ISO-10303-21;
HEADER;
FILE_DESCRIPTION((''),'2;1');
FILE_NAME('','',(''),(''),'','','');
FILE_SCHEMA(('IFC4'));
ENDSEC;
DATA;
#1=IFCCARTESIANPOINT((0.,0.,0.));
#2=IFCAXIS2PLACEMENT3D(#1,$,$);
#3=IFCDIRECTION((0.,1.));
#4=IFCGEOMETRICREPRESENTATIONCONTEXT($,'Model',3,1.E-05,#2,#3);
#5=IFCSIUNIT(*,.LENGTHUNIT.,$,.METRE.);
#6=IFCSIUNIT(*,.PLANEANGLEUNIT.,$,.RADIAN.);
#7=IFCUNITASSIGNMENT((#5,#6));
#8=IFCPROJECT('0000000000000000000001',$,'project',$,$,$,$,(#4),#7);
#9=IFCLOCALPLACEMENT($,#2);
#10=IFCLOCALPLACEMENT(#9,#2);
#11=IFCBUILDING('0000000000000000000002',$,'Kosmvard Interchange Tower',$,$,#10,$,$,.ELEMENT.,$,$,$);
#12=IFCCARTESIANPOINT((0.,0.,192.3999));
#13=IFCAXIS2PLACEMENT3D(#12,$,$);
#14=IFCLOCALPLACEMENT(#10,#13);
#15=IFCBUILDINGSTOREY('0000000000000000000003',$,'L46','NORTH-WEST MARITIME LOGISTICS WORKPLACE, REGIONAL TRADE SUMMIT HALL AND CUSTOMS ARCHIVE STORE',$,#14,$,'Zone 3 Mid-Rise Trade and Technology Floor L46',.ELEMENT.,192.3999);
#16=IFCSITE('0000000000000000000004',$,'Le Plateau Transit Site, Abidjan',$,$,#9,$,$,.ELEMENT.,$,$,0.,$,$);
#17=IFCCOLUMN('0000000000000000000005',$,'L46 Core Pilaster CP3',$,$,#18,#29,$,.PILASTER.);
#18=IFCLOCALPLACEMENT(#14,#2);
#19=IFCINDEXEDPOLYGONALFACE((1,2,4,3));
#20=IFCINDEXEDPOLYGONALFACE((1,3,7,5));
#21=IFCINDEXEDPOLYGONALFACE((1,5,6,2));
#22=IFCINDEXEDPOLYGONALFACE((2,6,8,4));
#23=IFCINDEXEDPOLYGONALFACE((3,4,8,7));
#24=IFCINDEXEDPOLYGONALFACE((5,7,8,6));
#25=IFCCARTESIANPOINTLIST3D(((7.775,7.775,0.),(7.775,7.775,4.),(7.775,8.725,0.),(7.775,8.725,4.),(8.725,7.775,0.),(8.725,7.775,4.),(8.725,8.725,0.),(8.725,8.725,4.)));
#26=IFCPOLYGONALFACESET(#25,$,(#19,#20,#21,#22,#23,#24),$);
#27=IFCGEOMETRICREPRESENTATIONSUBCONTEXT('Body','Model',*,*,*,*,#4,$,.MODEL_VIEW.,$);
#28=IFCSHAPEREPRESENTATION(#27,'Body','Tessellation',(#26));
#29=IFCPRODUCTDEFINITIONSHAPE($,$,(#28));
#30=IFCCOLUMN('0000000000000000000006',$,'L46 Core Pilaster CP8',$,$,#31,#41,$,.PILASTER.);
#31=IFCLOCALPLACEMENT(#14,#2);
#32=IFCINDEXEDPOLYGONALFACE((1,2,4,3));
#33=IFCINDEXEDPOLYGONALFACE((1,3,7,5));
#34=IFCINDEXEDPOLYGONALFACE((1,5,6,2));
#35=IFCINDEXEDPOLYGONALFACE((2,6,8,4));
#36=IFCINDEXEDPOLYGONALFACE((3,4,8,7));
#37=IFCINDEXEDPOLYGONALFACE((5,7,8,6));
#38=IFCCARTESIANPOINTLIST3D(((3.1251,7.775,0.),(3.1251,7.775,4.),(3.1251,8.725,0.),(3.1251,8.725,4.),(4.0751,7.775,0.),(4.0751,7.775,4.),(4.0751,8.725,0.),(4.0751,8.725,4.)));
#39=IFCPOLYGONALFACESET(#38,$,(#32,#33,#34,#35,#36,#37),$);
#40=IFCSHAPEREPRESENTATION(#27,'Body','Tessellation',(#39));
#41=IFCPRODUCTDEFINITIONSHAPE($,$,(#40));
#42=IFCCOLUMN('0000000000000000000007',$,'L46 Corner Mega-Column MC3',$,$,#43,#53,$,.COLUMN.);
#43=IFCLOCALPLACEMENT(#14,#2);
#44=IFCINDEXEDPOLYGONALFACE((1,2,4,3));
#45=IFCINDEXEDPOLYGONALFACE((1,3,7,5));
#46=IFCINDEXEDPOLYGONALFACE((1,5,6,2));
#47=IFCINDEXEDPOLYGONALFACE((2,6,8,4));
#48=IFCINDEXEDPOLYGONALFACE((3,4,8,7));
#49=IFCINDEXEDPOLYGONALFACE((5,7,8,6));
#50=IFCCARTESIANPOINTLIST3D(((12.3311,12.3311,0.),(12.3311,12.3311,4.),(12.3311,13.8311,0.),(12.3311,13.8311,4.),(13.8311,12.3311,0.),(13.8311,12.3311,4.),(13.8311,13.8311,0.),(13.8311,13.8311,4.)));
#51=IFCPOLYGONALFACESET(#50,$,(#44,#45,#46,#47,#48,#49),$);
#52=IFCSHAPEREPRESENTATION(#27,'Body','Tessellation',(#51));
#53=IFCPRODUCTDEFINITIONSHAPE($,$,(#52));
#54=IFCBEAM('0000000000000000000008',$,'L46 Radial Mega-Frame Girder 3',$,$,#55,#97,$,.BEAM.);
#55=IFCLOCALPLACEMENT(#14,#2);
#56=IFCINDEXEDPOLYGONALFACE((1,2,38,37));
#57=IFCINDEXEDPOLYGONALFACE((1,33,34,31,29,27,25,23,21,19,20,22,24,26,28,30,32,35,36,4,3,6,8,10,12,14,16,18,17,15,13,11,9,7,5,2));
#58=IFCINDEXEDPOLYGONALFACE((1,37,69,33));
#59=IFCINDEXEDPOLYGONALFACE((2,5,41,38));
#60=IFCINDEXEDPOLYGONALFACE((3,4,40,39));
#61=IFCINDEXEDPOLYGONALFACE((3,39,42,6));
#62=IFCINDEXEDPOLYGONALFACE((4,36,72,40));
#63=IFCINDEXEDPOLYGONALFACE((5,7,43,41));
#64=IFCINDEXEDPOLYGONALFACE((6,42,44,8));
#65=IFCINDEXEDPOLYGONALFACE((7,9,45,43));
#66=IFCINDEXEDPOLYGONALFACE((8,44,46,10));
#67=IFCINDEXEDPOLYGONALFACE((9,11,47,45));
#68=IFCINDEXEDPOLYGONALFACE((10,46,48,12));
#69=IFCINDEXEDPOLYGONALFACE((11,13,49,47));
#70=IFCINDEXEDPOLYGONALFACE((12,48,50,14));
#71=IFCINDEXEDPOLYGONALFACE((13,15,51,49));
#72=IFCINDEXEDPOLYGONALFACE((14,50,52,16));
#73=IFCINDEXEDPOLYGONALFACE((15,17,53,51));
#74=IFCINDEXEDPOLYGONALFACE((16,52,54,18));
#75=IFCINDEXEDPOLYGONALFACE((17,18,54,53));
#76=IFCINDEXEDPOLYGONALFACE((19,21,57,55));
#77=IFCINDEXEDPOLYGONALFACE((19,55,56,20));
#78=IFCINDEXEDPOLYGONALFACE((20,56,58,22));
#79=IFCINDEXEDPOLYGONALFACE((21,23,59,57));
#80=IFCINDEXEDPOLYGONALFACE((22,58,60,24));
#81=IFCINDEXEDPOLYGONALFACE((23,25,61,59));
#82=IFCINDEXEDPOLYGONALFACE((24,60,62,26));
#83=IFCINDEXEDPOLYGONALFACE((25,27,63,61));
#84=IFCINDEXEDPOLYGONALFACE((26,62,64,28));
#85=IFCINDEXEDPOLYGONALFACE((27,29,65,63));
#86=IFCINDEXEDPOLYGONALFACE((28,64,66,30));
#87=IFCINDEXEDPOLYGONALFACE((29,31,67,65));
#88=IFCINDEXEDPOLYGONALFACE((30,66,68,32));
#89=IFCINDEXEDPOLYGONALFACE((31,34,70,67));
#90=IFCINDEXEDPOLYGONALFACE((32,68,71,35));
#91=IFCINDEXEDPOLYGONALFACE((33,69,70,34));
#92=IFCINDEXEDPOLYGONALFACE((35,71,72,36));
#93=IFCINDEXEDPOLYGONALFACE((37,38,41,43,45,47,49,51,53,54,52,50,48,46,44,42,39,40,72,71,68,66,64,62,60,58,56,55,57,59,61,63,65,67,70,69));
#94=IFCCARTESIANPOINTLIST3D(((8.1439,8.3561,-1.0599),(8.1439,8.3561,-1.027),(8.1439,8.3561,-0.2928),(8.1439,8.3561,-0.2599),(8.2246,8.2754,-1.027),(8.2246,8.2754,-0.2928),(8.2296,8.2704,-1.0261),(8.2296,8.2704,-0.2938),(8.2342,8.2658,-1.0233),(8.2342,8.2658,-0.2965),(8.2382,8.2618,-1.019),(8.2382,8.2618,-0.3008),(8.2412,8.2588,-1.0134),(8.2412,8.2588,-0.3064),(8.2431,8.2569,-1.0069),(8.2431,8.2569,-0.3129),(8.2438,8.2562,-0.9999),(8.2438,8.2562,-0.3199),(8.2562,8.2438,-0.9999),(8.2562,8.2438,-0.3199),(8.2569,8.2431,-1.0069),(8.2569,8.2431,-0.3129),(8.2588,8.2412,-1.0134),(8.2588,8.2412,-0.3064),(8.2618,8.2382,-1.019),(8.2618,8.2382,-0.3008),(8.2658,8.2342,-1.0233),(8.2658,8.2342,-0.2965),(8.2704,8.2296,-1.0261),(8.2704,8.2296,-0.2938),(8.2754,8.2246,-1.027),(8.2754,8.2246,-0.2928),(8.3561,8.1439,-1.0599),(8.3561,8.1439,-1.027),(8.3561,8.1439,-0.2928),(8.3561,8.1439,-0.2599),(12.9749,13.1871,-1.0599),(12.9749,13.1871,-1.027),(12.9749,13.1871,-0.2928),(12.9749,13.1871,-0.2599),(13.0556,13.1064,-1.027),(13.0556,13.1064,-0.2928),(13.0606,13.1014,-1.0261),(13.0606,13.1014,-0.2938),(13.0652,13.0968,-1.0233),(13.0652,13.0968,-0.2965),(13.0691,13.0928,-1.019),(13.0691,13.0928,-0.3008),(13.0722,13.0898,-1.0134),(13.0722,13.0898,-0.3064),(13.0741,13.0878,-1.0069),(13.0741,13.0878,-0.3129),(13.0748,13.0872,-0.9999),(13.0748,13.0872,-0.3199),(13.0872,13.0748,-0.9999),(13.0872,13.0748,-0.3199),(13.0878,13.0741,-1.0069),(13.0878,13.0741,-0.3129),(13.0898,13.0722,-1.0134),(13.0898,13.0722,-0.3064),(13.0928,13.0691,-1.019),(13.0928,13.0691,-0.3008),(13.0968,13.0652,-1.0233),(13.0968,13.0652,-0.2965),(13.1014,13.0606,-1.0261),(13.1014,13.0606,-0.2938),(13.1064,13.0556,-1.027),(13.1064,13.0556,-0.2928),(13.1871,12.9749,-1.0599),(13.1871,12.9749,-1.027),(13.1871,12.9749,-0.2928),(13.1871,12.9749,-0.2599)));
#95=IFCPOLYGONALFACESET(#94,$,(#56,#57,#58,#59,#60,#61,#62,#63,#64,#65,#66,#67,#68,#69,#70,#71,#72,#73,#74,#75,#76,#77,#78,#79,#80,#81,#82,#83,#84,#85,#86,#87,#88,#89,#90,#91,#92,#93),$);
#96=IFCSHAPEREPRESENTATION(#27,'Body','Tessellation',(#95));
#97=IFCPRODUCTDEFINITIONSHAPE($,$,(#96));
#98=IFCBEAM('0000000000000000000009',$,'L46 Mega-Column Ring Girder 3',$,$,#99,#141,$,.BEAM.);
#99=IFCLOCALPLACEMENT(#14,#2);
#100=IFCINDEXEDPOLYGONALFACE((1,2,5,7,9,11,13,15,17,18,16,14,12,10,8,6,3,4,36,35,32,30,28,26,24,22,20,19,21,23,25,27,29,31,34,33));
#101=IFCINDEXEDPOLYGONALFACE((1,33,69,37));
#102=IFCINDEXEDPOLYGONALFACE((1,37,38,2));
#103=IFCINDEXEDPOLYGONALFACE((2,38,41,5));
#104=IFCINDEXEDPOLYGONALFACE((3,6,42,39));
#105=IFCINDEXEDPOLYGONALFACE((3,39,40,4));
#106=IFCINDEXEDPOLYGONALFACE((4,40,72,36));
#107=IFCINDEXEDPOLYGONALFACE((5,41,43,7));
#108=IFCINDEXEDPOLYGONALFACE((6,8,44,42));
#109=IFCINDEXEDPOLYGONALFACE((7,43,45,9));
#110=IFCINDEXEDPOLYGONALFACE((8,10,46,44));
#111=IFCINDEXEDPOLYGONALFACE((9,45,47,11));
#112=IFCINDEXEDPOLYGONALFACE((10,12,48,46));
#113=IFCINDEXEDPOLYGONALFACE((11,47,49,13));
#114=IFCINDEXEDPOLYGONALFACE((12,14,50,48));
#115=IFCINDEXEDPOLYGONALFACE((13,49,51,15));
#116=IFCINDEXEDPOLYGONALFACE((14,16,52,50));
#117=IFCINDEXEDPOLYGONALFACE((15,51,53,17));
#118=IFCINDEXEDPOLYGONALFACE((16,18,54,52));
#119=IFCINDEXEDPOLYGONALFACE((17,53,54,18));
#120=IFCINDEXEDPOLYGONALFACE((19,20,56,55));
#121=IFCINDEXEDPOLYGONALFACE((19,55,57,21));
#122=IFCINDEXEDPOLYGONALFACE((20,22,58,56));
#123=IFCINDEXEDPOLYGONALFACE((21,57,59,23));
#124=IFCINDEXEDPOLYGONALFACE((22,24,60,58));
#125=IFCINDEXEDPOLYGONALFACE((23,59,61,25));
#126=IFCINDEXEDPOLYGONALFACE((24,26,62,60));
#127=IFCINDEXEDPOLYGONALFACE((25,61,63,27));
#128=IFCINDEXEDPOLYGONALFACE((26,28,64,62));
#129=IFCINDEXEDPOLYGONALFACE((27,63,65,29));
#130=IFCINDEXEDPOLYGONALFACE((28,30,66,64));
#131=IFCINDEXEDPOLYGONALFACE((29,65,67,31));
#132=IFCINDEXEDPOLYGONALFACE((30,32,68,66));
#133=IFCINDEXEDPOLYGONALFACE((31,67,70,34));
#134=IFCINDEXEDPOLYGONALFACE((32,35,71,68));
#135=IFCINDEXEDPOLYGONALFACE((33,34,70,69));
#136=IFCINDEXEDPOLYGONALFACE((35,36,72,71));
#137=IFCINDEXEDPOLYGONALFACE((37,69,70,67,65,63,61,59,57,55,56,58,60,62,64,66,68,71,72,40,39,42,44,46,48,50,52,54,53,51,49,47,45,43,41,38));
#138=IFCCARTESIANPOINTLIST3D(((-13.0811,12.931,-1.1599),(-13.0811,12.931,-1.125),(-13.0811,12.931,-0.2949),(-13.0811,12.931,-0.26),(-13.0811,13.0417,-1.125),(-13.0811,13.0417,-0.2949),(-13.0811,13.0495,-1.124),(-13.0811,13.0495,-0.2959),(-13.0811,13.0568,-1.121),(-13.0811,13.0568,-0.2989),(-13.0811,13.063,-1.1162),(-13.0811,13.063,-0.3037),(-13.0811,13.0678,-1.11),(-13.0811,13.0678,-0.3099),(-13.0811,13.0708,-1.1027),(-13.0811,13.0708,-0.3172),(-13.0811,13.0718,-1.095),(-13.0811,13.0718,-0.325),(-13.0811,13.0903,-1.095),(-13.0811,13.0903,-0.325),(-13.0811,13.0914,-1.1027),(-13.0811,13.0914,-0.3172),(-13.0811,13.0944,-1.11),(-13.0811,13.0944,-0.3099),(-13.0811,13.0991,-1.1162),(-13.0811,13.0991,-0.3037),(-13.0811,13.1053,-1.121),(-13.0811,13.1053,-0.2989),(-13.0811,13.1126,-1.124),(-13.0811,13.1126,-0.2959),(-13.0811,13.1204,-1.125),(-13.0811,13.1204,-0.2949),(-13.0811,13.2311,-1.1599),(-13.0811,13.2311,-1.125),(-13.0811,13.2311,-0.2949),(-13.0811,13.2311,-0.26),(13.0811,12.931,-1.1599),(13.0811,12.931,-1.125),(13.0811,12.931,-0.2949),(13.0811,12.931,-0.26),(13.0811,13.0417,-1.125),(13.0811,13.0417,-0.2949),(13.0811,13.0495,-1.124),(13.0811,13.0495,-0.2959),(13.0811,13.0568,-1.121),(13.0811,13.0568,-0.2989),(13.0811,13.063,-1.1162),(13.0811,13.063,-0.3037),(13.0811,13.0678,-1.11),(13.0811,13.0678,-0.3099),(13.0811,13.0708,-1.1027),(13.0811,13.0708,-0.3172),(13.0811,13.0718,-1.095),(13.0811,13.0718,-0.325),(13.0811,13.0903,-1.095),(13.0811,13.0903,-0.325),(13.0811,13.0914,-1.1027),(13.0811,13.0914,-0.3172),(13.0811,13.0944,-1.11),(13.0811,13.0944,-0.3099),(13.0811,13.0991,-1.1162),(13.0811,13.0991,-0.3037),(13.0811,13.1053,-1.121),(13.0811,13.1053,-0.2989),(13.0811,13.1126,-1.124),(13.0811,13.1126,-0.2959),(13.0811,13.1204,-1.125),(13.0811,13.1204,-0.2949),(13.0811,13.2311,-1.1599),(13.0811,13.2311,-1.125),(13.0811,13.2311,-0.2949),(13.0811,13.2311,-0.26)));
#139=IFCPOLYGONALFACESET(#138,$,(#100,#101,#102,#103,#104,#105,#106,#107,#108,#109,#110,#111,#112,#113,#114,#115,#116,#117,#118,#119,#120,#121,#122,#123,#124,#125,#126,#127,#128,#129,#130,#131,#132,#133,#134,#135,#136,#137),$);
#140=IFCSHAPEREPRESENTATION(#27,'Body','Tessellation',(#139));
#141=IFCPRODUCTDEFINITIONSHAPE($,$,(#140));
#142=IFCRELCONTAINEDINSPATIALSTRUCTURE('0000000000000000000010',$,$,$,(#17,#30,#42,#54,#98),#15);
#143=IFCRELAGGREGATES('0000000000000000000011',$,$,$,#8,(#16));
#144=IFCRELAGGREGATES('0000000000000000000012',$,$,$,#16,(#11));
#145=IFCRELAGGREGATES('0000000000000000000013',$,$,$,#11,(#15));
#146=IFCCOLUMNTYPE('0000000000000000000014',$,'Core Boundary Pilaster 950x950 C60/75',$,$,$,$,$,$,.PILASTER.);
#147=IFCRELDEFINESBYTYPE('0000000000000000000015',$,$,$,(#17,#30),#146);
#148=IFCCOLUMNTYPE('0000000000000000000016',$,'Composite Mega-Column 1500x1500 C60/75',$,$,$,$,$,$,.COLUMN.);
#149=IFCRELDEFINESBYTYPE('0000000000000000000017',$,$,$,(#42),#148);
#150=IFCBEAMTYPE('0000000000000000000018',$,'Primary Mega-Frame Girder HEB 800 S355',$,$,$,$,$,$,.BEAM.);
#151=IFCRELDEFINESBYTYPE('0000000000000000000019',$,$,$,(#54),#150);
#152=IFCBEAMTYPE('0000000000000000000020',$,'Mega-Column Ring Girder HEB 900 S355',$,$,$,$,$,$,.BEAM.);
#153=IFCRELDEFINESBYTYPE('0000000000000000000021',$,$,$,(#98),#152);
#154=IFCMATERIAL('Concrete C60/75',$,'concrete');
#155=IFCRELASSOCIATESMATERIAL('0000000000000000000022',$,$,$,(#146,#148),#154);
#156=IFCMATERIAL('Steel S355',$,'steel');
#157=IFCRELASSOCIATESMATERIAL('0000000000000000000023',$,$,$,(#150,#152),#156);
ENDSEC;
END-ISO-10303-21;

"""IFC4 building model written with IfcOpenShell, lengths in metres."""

from ifc_helpers import new_model, si_unit, direction, frame, origin, origin_2d, place, context, subcontext, project, spatial, rectangle, i_section, extrude, source, transform, mapped, material, material_profile, profile_set, type_object, element, save


model = new_model("IFC4")

# Units and contexts
model_context = context("Model", 3, precision=1e-05, world=origin(), true_north=direction((0.0, 1.0)))
body_context = subcontext(model_context, "Body", "Model", "MODEL_VIEW")
ifc_project = project(units=[si_unit("LENGTHUNIT", "METRE"), si_unit("PLANEANGLEUNIT", "RADIAN")], contexts=[model_context])

# Site, building, storey
site_placement = place(None, origin())
site = spatial("IfcSite", under=ifc_project, at=site_placement, Name="Le Plateau Transit Site, Abidjan", CompositionType="ELEMENT", RefElevation=0.0)
building_placement = place(site_placement, origin())
building = spatial("IfcBuilding", under=site, at=building_placement, Name="Kosmvard Interchange Tower", CompositionType="ELEMENT")
storey_placement = place(building_placement, frame((0.0, 0.0, 192.3999)))
storey = spatial("IfcBuildingStorey", under=building, at=storey_placement, Name="L46", Description="NORTH-WEST MARITIME LOGISTICS WORKPLACE, REGIONAL TRADE SUMMIT HALL AND CUSTOMS ARCHIVE STORE", LongName="Zone 3 Mid-Rise Trade and Technology Floor L46", CompositionType="ELEMENT", Elevation=192.3999)

# Columns
ifc_material_1 = material(Name="Concrete C60/75", Category="concrete")
ifc_material_profile_1 = material_profile(ifc_material_1, rectangle(XDim=0.95, YDim=0.95, at=origin_2d()), Name="CP 950x950")
ifc_profile_set_1 = profile_set([ifc_material_profile_1], Name="Concrete C60/75")
column_type_1 = type_object("IfcColumnType", Name="Core Boundary Pilaster 950x950 C60/75", PredefinedType="PILASTER", material=ifc_profile_set_1)
shared_shape_1 = source(origin(), body_context, "Body", "SweptSolid", [
    extrude(rectangle(XDim=0.95, YDim=0.95, at=origin_2d()), origin(), (0.0, 0.0, 1.0), 4.0),
])
for number, where, z_axis, x_axis, name in (
    (1, (8.25, 8.25, 0.0), (0.0, 0.0, 1.0), (1.0, 0.0, 0.0), "L46 Core Pilaster CP3"),
    (2, (3.6001, 8.25, 0.0), (0.0, 0.0, 1.0), (1.0, 0.0, 0.0), "L46 Core Pilaster CP8"),
):
    element("IfcColumn", number, at=place(storey_placement, frame(where, z_axis=z_axis, x_axis=x_axis)), inside=storey, type_object=column_type_1, Name=name, PredefinedType="PILASTER", context=body_context, shape_type="MappedRepresentation", body=[
        mapped(shared_shape_1, transform((0.0, 0.0, 0.0), scale=1.0)),
    ])
ifc_material_profile_2 = material_profile(ifc_material_1, rectangle(XDim=1.5, YDim=1.5, at=origin_2d()), Name="MC 1500x1500")
ifc_profile_set_2 = profile_set([ifc_material_profile_2], Name="Concrete C60/75")
column_type_2 = type_object("IfcColumnType", Name="Composite Mega-Column 1500x1500 C60/75", PredefinedType="COLUMN", material=ifc_profile_set_2)
shared_shape_2 = source(origin(), body_context, "Body", "SweptSolid", [
    extrude(rectangle(XDim=1.5, YDim=1.5, at=origin_2d()), origin(), (0.0, 0.0, 1.0), 4.0),
])
column_placement = place(storey_placement, frame((13.0811, 13.0811, 0.0), z_axis=(0.0, 0.0, 1.0), x_axis=(1.0, 0.0, 0.0)))
element("IfcColumn", 3, at=column_placement, inside=storey, type_object=column_type_2, Name="L46 Corner Mega-Column MC3", PredefinedType="COLUMN", context=body_context, shape_type="MappedRepresentation", body=[
    mapped(shared_shape_2, transform((0.0, 0.0, 0.0), scale=1.0)),
])

# Beams
ifc_material_2 = material(Name="Steel S355", Category="steel")
ifc_material_profile_3 = material_profile(ifc_material_2, i_section(OverallWidth=0.3, OverallDepth=0.8, WebThickness=0.0176, FlangeThickness=0.033, FilletRadius=0.0271, at=origin_2d()), Name="HEB 800")
ifc_profile_set_3 = profile_set([ifc_material_profile_3], Name="Steel S355")
beam_type_1 = type_object("IfcBeamType", Name="Primary Mega-Frame Girder HEB 800 S355", PredefinedType="BEAM", material=ifc_profile_set_3)
shared_shape_3 = source(origin(), body_context, "Body", "SweptSolid", [
    extrude(i_section(OverallWidth=0.3, OverallDepth=0.8, WebThickness=0.0176, FlangeThickness=0.033, FilletRadius=0.0271, at=origin_2d()), origin(), (0.0, 0.0, 1.0), 6.832),
])
beam_1_placement = place(storey_placement, frame((8.25, 8.25, -0.6599), z_axis=(0.707107, 0.707107, 0.0), x_axis=(-0.707107, 0.707107, 0.0)))
element("IfcBeam", 4, at=beam_1_placement, inside=storey, type_object=beam_type_1, Name="L46 Radial Mega-Frame Girder 3", PredefinedType="BEAM", context=body_context, shape_type="MappedRepresentation", body=[
    mapped(shared_shape_3, transform((0.0, 0.0, 0.0), scale=1.0)),
])
ifc_material_profile_4 = material_profile(ifc_material_2, i_section(OverallWidth=0.3, OverallDepth=0.8999, WebThickness=0.0186, FlangeThickness=0.0349, FilletRadius=0.03, at=origin_2d()), Name="HEB 900")
ifc_profile_set_4 = profile_set([ifc_material_profile_4], Name="Steel S355")
beam_type_2 = type_object("IfcBeamType", Name="Mega-Column Ring Girder HEB 900 S355", PredefinedType="BEAM", material=ifc_profile_set_4)
shared_shape_4 = source(origin(), body_context, "Body", "SweptSolid", [
    extrude(i_section(OverallWidth=0.3, OverallDepth=0.8999, WebThickness=0.0186, FlangeThickness=0.0349, FilletRadius=0.03, at=origin_2d()), origin(), (0.0, 0.0, 1.0), 26.1621),
])
beam_2_placement = place(storey_placement, frame((13.0811, 13.0811, -0.71), z_axis=(-1.0, 0.0, 0.0), x_axis=(0.0, -1.0, 0.0)))
element("IfcBeam", 5, at=beam_2_placement, inside=storey, type_object=beam_type_2, Name="L46 Mega-Column Ring Girder 3", PredefinedType="BEAM", context=body_context, shape_type="MappedRepresentation", body=[
    mapped(shared_shape_4, transform((0.0, 0.0, 0.0), scale=1.0)),
])

save(model, "model.ifc")
